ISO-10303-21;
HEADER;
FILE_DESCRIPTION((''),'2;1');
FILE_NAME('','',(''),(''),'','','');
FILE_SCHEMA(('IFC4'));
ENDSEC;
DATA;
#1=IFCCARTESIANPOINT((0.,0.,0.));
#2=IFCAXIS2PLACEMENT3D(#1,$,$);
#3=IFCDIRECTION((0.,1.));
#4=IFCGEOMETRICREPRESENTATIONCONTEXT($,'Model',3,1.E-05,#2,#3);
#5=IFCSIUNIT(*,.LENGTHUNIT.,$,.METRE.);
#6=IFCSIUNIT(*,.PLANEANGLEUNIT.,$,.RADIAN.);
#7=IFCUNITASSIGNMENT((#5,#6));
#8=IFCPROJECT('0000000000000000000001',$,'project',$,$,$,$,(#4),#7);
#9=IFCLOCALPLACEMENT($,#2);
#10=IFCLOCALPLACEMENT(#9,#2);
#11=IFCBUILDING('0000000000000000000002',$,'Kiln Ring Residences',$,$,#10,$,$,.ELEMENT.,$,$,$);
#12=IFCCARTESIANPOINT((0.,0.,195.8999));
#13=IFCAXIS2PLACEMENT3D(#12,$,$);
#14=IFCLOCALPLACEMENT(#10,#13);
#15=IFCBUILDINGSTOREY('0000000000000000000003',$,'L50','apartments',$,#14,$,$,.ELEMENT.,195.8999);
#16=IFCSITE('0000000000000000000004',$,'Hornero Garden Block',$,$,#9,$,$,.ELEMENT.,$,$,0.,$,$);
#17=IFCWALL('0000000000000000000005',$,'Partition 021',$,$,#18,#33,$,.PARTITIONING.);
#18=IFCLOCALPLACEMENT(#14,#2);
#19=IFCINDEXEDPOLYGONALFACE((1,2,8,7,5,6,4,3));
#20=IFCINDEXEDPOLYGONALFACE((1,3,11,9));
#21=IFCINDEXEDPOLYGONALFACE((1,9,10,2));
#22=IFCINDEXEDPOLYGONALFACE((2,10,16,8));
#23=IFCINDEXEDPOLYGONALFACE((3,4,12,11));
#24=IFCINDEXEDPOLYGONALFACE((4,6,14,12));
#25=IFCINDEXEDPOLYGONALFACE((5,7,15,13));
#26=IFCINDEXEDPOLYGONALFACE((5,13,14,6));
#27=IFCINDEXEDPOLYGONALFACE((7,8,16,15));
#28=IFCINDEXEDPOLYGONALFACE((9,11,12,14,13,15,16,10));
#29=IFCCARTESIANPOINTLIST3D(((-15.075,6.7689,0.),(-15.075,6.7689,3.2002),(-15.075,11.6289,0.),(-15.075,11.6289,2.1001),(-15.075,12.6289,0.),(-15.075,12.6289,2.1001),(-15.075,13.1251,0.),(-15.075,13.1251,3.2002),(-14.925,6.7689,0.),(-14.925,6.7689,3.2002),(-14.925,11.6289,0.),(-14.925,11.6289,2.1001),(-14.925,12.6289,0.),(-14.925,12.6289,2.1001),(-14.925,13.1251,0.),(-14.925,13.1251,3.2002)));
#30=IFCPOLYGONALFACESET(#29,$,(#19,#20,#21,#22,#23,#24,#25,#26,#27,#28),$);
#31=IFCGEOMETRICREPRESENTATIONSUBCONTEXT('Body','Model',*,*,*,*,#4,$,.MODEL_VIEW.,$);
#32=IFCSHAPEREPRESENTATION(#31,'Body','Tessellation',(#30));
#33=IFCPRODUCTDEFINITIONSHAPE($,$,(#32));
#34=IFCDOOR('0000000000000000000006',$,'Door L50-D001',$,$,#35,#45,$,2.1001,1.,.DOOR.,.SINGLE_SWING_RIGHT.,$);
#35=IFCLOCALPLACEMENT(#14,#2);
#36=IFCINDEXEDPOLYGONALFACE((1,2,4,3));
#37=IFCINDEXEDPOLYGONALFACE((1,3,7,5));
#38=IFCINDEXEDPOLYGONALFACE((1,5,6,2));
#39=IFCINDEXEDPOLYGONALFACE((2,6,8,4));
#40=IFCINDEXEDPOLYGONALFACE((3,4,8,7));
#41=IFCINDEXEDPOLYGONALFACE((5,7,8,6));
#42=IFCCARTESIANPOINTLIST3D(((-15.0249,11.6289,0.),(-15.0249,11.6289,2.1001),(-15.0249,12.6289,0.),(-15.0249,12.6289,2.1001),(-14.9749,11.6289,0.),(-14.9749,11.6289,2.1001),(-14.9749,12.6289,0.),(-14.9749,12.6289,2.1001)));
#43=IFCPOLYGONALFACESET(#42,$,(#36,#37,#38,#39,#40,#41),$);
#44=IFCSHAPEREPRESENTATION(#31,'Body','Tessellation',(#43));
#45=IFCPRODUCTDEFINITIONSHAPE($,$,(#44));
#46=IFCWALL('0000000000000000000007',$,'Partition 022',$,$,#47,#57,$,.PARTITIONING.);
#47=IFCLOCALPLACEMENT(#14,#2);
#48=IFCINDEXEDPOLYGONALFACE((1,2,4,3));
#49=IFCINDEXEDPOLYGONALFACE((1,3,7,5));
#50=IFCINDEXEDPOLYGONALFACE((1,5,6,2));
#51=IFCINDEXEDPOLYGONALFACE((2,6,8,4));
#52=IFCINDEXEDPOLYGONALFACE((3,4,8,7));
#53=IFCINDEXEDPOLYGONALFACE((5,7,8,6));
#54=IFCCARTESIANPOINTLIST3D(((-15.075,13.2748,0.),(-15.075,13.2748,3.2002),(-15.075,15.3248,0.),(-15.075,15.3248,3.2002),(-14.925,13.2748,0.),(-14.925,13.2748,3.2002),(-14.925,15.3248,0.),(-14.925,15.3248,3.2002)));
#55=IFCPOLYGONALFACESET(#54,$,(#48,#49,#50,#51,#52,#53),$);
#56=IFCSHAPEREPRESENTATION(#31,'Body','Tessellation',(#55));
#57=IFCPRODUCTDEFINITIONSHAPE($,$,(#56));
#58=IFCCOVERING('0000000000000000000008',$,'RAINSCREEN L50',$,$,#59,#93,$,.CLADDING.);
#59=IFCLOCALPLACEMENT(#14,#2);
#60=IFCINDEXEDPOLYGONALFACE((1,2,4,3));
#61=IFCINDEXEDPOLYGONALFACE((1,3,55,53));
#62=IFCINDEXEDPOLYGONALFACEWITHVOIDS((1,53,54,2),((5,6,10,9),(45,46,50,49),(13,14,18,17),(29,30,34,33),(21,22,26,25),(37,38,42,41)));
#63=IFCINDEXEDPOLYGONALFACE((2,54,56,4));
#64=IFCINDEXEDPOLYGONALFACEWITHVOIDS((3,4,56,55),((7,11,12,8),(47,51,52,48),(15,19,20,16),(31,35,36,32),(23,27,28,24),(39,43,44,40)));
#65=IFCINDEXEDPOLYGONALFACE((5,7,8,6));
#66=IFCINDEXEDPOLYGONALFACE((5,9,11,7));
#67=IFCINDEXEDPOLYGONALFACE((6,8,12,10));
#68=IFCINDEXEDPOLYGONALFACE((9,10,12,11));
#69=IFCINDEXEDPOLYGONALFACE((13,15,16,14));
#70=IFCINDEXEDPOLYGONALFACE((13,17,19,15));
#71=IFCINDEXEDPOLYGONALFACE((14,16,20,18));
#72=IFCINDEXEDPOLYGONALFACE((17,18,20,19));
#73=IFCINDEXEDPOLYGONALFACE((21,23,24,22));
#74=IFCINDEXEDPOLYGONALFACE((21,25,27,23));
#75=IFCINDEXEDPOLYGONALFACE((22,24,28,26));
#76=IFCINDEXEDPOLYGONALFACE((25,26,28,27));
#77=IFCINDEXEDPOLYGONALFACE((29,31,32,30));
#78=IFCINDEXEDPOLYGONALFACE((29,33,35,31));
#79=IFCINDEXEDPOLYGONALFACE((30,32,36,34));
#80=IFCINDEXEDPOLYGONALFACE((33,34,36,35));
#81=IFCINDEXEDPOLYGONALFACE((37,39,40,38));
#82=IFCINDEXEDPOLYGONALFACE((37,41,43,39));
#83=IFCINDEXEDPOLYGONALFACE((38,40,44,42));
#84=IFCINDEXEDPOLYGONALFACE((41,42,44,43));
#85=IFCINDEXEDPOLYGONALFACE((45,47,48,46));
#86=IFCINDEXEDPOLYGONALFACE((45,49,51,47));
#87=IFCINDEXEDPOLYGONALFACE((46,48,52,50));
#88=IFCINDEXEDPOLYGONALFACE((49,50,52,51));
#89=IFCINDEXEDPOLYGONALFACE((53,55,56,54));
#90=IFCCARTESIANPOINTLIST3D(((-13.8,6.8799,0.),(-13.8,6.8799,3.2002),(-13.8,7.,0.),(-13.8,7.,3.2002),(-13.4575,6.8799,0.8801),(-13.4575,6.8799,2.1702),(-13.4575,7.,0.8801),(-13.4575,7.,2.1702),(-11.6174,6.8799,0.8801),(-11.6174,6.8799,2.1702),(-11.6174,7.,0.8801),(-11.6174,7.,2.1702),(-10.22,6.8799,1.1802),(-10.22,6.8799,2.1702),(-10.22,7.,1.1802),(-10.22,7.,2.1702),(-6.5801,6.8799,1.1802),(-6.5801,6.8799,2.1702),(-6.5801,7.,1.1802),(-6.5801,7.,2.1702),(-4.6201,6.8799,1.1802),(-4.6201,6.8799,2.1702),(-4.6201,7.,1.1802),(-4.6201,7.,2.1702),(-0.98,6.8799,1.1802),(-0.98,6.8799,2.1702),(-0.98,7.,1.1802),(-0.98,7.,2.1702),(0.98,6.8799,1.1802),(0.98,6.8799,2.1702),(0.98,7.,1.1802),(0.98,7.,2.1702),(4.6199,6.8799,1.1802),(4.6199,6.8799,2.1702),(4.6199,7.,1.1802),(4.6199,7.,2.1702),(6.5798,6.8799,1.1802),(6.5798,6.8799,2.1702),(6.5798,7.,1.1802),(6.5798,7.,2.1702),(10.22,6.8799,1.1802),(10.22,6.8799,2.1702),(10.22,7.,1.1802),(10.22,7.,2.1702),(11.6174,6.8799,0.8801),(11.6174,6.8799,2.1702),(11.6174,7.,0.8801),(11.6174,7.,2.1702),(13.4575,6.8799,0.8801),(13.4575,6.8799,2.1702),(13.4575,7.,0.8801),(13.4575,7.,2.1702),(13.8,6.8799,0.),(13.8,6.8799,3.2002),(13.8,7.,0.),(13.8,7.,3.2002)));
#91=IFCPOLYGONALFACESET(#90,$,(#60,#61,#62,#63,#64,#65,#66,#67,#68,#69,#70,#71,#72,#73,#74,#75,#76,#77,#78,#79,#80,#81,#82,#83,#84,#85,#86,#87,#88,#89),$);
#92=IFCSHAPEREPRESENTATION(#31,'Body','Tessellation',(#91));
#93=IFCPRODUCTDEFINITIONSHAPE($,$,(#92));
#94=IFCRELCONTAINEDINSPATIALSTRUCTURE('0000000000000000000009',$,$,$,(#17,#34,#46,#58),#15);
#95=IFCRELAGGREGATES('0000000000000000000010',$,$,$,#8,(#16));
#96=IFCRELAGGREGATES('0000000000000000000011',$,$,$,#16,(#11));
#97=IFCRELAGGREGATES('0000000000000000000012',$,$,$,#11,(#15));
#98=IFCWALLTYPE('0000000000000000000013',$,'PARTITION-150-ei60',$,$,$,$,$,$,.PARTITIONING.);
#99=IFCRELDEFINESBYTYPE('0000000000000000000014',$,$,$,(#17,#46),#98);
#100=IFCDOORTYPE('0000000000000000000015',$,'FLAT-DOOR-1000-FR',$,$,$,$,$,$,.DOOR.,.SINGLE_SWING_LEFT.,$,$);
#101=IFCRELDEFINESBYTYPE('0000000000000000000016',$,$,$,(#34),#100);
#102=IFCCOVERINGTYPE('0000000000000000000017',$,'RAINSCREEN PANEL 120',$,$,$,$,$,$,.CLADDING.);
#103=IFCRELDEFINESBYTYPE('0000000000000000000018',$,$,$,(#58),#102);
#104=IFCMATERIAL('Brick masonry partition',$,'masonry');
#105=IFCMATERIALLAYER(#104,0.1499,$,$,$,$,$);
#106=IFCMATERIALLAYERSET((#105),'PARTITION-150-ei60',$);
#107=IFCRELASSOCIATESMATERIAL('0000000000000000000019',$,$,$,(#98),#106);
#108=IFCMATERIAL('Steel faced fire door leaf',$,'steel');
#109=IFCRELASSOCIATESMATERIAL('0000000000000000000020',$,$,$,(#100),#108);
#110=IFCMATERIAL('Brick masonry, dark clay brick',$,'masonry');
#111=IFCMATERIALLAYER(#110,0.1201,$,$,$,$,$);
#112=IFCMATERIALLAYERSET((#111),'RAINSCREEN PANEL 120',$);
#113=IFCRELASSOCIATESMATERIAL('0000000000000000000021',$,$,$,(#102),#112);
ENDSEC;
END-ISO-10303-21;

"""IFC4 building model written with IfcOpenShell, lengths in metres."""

from ifc_helpers import new_model, si_unit, direction, frame, frame_2d, origin, place, context, subcontext, project, spatial, polyline, rectangle, outline, extrude, material, layer, layer_set, type_object, element, fill, save


model = new_model("IFC4")

# Units and contexts
model_context = context("Model", 3, precision=1e-05, world=origin(), true_north=direction((0.0, 1.0)))
body_context = subcontext(model_context, "Body", "Model", "MODEL_VIEW")
ifc_project = project(units=[si_unit("LENGTHUNIT", "METRE"), si_unit("PLANEANGLEUNIT", "RADIAN")], contexts=[model_context])

# Site, building, storey
site_placement = place(None, origin())
site = spatial("IfcSite", under=ifc_project, at=site_placement, Name="Hornero Garden Block", CompositionType="ELEMENT", RefElevation=0.0)
building_placement = place(site_placement, origin())
building = spatial("IfcBuilding", under=site, at=building_placement, Name="Kiln Ring Residences", CompositionType="ELEMENT")
storey_placement = place(building_placement, frame((0.0, 0.0, 195.8999)))
storey = spatial("IfcBuildingStorey", under=building, at=storey_placement, Name="L50", Description="apartments", CompositionType="ELEMENT", Elevation=195.8999)

# Shared definitions
ifc_material_1 = material(Name="Brick masonry partition", Category="masonry")
ifc_layer_1 = layer(ifc_material_1, 0.1499)
ifc_layer_set_1 = layer_set([ifc_layer_1], Name="PARTITION-150-ei60")
wall_type_1 = type_object("IfcWallType", Name="PARTITION-150-ei60", PredefinedType="PARTITIONING", material=ifc_layer_set_1)
ifc_material_2 = material(Name="Steel faced fire door leaf", Category="steel")
door_type = type_object("IfcDoorType", Name="FLAT-DOOR-1000-FR", OperationType="SINGLE_SWING_LEFT", PredefinedType="DOOR", material=ifc_material_2)

# Wall, opening, door
wall_1_placement = place(storey_placement, frame((-15.0, 6.7688, 0.0), z_axis=(0.0, 0.0, 1.0), x_axis=(0.0, 1.0, 0.0)))
wall_1 = element("IfcWall", 1, at=wall_1_placement, inside=storey, type_object=wall_type_1, Name="Partition 021", PredefinedType="PARTITIONING", context=body_context, shape_type="SweptSolid", body=[
    extrude(rectangle(XDim=6.3562, YDim=0.1499, at=frame_2d((3.1782, 0.0))), origin(), (0.0, 0.0, 1.0), 3.2002),
])
opening_1_placement = place(wall_1_placement, frame((4.8601, 0.0, 0.0)))
opening_1 = element("IfcOpeningElement", 2, at=opening_1_placement, cuts=wall_1, PredefinedType="OPENING", context=body_context, shape_type="SweptSolid", body=[
    extrude(rectangle(XDim=1.0, YDim=2.1001, at=frame_2d((0.5, 1.05))), frame((0.0, 0.085, 0.0), z_axis=(0.0, -1.0, 0.0), x_axis=(1.0, 0.0, 0.0)), (0.0, 0.0, 1.0), 0.1699),
])
door_1_placement = place(opening_1_placement, origin())
door_1 = element("IfcDoor", 3, at=door_1_placement, inside=storey, type_object=door_type, Name="Door L50-D001", OperationType="SINGLE_SWING_RIGHT", OverallHeight=2.1001, OverallWidth=1.0, PredefinedType="DOOR", context=body_context, shape_type="SweptSolid", body=[
    extrude(rectangle(XDim=1.0, YDim=2.1001, at=frame_2d((0.5, 1.05))), frame((0.0, 0.0249, 0.0), z_axis=(0.0, -1.0, 0.0), x_axis=(1.0, 0.0, 0.0)), (0.0, 0.0, 1.0), 0.05),
])
fill(opening_1, door_1)

# Wall
wall_2_placement = place(storey_placement, frame((-15.0, 13.2749, 0.0), z_axis=(0.0, 0.0, 1.0), x_axis=(0.0, 1.0, 0.0)))
element("IfcWall", 4, at=wall_2_placement, inside=storey, type_object=wall_type_1, Name="Partition 022", PredefinedType="PARTITIONING", context=body_context, shape_type="SweptSolid", body=[
    extrude(rectangle(XDim=2.05, YDim=0.1499, at=frame_2d((1.0249, 0.0))), origin(), (0.0, 0.0, 1.0), 3.2002),
])

# Covering
ifc_material_3 = material(Name="Brick masonry, dark clay brick", Category="masonry")
ifc_layer_2 = layer(ifc_material_3, 0.1201)
ifc_layer_set_2 = layer_set([ifc_layer_2], Name="RAINSCREEN PANEL 120")
covering_type = type_object("IfcCoveringType", Name="RAINSCREEN PANEL 120", PredefinedType="CLADDING", material=ifc_layer_set_2)
covering_placement = place(storey_placement, frame((-13.8, 6.9399, 0.0), z_axis=(0.0, 0.0, 1.0), x_axis=(1.0, 0.0, 0.0)))
element("IfcCovering", 5, at=covering_placement, inside=storey, type_object=covering_type, Name="RAINSCREEN L50", PredefinedType="CLADDING", context=body_context, shape_type="SweptSolid", body=[
    extrude(outline(polyline([(0.0, 0.0), (27.6001, 0.0), (27.6001, 3.2002), (0.0, 3.2002), (0.0, 0.0)]), holes=[polyline([(2.1826, 0.8801), (2.1826, 2.1702), (0.3425, 2.1702), (0.3425, 0.8801), (2.1826, 0.8801)]), polyline([(25.4175, 0.8801), (27.2576, 0.8801), (27.2576, 2.1702), (25.4175, 2.1702), (25.4175, 0.8801)]), polyline([(3.5801, 1.1802), (7.22, 1.1802), (7.22, 2.1702), (3.5801, 2.1702), (3.5801, 1.1802)]), polyline([(12.8201, 1.1802), (12.8201, 2.1702), (9.1799, 2.1702), (9.1799, 1.1802), (12.8201, 1.1802)]), polyline([(14.78, 1.1802), (18.4199, 1.1802), (18.4199, 2.1702), (14.78, 2.1702), (14.78, 1.1802)]), polyline([(20.3799, 1.1802), (24.02, 1.1802), (24.02, 2.1702), (20.3799, 2.1702), (20.3799, 1.1802)])]), frame((0.0, 0.0601, 0.0), z_axis=(0.0, -1.0, 0.0), x_axis=(1.0, 0.0, 0.0)), (0.0, 0.0, 1.0), 0.1201),
])

save(model, "model.ifc")
